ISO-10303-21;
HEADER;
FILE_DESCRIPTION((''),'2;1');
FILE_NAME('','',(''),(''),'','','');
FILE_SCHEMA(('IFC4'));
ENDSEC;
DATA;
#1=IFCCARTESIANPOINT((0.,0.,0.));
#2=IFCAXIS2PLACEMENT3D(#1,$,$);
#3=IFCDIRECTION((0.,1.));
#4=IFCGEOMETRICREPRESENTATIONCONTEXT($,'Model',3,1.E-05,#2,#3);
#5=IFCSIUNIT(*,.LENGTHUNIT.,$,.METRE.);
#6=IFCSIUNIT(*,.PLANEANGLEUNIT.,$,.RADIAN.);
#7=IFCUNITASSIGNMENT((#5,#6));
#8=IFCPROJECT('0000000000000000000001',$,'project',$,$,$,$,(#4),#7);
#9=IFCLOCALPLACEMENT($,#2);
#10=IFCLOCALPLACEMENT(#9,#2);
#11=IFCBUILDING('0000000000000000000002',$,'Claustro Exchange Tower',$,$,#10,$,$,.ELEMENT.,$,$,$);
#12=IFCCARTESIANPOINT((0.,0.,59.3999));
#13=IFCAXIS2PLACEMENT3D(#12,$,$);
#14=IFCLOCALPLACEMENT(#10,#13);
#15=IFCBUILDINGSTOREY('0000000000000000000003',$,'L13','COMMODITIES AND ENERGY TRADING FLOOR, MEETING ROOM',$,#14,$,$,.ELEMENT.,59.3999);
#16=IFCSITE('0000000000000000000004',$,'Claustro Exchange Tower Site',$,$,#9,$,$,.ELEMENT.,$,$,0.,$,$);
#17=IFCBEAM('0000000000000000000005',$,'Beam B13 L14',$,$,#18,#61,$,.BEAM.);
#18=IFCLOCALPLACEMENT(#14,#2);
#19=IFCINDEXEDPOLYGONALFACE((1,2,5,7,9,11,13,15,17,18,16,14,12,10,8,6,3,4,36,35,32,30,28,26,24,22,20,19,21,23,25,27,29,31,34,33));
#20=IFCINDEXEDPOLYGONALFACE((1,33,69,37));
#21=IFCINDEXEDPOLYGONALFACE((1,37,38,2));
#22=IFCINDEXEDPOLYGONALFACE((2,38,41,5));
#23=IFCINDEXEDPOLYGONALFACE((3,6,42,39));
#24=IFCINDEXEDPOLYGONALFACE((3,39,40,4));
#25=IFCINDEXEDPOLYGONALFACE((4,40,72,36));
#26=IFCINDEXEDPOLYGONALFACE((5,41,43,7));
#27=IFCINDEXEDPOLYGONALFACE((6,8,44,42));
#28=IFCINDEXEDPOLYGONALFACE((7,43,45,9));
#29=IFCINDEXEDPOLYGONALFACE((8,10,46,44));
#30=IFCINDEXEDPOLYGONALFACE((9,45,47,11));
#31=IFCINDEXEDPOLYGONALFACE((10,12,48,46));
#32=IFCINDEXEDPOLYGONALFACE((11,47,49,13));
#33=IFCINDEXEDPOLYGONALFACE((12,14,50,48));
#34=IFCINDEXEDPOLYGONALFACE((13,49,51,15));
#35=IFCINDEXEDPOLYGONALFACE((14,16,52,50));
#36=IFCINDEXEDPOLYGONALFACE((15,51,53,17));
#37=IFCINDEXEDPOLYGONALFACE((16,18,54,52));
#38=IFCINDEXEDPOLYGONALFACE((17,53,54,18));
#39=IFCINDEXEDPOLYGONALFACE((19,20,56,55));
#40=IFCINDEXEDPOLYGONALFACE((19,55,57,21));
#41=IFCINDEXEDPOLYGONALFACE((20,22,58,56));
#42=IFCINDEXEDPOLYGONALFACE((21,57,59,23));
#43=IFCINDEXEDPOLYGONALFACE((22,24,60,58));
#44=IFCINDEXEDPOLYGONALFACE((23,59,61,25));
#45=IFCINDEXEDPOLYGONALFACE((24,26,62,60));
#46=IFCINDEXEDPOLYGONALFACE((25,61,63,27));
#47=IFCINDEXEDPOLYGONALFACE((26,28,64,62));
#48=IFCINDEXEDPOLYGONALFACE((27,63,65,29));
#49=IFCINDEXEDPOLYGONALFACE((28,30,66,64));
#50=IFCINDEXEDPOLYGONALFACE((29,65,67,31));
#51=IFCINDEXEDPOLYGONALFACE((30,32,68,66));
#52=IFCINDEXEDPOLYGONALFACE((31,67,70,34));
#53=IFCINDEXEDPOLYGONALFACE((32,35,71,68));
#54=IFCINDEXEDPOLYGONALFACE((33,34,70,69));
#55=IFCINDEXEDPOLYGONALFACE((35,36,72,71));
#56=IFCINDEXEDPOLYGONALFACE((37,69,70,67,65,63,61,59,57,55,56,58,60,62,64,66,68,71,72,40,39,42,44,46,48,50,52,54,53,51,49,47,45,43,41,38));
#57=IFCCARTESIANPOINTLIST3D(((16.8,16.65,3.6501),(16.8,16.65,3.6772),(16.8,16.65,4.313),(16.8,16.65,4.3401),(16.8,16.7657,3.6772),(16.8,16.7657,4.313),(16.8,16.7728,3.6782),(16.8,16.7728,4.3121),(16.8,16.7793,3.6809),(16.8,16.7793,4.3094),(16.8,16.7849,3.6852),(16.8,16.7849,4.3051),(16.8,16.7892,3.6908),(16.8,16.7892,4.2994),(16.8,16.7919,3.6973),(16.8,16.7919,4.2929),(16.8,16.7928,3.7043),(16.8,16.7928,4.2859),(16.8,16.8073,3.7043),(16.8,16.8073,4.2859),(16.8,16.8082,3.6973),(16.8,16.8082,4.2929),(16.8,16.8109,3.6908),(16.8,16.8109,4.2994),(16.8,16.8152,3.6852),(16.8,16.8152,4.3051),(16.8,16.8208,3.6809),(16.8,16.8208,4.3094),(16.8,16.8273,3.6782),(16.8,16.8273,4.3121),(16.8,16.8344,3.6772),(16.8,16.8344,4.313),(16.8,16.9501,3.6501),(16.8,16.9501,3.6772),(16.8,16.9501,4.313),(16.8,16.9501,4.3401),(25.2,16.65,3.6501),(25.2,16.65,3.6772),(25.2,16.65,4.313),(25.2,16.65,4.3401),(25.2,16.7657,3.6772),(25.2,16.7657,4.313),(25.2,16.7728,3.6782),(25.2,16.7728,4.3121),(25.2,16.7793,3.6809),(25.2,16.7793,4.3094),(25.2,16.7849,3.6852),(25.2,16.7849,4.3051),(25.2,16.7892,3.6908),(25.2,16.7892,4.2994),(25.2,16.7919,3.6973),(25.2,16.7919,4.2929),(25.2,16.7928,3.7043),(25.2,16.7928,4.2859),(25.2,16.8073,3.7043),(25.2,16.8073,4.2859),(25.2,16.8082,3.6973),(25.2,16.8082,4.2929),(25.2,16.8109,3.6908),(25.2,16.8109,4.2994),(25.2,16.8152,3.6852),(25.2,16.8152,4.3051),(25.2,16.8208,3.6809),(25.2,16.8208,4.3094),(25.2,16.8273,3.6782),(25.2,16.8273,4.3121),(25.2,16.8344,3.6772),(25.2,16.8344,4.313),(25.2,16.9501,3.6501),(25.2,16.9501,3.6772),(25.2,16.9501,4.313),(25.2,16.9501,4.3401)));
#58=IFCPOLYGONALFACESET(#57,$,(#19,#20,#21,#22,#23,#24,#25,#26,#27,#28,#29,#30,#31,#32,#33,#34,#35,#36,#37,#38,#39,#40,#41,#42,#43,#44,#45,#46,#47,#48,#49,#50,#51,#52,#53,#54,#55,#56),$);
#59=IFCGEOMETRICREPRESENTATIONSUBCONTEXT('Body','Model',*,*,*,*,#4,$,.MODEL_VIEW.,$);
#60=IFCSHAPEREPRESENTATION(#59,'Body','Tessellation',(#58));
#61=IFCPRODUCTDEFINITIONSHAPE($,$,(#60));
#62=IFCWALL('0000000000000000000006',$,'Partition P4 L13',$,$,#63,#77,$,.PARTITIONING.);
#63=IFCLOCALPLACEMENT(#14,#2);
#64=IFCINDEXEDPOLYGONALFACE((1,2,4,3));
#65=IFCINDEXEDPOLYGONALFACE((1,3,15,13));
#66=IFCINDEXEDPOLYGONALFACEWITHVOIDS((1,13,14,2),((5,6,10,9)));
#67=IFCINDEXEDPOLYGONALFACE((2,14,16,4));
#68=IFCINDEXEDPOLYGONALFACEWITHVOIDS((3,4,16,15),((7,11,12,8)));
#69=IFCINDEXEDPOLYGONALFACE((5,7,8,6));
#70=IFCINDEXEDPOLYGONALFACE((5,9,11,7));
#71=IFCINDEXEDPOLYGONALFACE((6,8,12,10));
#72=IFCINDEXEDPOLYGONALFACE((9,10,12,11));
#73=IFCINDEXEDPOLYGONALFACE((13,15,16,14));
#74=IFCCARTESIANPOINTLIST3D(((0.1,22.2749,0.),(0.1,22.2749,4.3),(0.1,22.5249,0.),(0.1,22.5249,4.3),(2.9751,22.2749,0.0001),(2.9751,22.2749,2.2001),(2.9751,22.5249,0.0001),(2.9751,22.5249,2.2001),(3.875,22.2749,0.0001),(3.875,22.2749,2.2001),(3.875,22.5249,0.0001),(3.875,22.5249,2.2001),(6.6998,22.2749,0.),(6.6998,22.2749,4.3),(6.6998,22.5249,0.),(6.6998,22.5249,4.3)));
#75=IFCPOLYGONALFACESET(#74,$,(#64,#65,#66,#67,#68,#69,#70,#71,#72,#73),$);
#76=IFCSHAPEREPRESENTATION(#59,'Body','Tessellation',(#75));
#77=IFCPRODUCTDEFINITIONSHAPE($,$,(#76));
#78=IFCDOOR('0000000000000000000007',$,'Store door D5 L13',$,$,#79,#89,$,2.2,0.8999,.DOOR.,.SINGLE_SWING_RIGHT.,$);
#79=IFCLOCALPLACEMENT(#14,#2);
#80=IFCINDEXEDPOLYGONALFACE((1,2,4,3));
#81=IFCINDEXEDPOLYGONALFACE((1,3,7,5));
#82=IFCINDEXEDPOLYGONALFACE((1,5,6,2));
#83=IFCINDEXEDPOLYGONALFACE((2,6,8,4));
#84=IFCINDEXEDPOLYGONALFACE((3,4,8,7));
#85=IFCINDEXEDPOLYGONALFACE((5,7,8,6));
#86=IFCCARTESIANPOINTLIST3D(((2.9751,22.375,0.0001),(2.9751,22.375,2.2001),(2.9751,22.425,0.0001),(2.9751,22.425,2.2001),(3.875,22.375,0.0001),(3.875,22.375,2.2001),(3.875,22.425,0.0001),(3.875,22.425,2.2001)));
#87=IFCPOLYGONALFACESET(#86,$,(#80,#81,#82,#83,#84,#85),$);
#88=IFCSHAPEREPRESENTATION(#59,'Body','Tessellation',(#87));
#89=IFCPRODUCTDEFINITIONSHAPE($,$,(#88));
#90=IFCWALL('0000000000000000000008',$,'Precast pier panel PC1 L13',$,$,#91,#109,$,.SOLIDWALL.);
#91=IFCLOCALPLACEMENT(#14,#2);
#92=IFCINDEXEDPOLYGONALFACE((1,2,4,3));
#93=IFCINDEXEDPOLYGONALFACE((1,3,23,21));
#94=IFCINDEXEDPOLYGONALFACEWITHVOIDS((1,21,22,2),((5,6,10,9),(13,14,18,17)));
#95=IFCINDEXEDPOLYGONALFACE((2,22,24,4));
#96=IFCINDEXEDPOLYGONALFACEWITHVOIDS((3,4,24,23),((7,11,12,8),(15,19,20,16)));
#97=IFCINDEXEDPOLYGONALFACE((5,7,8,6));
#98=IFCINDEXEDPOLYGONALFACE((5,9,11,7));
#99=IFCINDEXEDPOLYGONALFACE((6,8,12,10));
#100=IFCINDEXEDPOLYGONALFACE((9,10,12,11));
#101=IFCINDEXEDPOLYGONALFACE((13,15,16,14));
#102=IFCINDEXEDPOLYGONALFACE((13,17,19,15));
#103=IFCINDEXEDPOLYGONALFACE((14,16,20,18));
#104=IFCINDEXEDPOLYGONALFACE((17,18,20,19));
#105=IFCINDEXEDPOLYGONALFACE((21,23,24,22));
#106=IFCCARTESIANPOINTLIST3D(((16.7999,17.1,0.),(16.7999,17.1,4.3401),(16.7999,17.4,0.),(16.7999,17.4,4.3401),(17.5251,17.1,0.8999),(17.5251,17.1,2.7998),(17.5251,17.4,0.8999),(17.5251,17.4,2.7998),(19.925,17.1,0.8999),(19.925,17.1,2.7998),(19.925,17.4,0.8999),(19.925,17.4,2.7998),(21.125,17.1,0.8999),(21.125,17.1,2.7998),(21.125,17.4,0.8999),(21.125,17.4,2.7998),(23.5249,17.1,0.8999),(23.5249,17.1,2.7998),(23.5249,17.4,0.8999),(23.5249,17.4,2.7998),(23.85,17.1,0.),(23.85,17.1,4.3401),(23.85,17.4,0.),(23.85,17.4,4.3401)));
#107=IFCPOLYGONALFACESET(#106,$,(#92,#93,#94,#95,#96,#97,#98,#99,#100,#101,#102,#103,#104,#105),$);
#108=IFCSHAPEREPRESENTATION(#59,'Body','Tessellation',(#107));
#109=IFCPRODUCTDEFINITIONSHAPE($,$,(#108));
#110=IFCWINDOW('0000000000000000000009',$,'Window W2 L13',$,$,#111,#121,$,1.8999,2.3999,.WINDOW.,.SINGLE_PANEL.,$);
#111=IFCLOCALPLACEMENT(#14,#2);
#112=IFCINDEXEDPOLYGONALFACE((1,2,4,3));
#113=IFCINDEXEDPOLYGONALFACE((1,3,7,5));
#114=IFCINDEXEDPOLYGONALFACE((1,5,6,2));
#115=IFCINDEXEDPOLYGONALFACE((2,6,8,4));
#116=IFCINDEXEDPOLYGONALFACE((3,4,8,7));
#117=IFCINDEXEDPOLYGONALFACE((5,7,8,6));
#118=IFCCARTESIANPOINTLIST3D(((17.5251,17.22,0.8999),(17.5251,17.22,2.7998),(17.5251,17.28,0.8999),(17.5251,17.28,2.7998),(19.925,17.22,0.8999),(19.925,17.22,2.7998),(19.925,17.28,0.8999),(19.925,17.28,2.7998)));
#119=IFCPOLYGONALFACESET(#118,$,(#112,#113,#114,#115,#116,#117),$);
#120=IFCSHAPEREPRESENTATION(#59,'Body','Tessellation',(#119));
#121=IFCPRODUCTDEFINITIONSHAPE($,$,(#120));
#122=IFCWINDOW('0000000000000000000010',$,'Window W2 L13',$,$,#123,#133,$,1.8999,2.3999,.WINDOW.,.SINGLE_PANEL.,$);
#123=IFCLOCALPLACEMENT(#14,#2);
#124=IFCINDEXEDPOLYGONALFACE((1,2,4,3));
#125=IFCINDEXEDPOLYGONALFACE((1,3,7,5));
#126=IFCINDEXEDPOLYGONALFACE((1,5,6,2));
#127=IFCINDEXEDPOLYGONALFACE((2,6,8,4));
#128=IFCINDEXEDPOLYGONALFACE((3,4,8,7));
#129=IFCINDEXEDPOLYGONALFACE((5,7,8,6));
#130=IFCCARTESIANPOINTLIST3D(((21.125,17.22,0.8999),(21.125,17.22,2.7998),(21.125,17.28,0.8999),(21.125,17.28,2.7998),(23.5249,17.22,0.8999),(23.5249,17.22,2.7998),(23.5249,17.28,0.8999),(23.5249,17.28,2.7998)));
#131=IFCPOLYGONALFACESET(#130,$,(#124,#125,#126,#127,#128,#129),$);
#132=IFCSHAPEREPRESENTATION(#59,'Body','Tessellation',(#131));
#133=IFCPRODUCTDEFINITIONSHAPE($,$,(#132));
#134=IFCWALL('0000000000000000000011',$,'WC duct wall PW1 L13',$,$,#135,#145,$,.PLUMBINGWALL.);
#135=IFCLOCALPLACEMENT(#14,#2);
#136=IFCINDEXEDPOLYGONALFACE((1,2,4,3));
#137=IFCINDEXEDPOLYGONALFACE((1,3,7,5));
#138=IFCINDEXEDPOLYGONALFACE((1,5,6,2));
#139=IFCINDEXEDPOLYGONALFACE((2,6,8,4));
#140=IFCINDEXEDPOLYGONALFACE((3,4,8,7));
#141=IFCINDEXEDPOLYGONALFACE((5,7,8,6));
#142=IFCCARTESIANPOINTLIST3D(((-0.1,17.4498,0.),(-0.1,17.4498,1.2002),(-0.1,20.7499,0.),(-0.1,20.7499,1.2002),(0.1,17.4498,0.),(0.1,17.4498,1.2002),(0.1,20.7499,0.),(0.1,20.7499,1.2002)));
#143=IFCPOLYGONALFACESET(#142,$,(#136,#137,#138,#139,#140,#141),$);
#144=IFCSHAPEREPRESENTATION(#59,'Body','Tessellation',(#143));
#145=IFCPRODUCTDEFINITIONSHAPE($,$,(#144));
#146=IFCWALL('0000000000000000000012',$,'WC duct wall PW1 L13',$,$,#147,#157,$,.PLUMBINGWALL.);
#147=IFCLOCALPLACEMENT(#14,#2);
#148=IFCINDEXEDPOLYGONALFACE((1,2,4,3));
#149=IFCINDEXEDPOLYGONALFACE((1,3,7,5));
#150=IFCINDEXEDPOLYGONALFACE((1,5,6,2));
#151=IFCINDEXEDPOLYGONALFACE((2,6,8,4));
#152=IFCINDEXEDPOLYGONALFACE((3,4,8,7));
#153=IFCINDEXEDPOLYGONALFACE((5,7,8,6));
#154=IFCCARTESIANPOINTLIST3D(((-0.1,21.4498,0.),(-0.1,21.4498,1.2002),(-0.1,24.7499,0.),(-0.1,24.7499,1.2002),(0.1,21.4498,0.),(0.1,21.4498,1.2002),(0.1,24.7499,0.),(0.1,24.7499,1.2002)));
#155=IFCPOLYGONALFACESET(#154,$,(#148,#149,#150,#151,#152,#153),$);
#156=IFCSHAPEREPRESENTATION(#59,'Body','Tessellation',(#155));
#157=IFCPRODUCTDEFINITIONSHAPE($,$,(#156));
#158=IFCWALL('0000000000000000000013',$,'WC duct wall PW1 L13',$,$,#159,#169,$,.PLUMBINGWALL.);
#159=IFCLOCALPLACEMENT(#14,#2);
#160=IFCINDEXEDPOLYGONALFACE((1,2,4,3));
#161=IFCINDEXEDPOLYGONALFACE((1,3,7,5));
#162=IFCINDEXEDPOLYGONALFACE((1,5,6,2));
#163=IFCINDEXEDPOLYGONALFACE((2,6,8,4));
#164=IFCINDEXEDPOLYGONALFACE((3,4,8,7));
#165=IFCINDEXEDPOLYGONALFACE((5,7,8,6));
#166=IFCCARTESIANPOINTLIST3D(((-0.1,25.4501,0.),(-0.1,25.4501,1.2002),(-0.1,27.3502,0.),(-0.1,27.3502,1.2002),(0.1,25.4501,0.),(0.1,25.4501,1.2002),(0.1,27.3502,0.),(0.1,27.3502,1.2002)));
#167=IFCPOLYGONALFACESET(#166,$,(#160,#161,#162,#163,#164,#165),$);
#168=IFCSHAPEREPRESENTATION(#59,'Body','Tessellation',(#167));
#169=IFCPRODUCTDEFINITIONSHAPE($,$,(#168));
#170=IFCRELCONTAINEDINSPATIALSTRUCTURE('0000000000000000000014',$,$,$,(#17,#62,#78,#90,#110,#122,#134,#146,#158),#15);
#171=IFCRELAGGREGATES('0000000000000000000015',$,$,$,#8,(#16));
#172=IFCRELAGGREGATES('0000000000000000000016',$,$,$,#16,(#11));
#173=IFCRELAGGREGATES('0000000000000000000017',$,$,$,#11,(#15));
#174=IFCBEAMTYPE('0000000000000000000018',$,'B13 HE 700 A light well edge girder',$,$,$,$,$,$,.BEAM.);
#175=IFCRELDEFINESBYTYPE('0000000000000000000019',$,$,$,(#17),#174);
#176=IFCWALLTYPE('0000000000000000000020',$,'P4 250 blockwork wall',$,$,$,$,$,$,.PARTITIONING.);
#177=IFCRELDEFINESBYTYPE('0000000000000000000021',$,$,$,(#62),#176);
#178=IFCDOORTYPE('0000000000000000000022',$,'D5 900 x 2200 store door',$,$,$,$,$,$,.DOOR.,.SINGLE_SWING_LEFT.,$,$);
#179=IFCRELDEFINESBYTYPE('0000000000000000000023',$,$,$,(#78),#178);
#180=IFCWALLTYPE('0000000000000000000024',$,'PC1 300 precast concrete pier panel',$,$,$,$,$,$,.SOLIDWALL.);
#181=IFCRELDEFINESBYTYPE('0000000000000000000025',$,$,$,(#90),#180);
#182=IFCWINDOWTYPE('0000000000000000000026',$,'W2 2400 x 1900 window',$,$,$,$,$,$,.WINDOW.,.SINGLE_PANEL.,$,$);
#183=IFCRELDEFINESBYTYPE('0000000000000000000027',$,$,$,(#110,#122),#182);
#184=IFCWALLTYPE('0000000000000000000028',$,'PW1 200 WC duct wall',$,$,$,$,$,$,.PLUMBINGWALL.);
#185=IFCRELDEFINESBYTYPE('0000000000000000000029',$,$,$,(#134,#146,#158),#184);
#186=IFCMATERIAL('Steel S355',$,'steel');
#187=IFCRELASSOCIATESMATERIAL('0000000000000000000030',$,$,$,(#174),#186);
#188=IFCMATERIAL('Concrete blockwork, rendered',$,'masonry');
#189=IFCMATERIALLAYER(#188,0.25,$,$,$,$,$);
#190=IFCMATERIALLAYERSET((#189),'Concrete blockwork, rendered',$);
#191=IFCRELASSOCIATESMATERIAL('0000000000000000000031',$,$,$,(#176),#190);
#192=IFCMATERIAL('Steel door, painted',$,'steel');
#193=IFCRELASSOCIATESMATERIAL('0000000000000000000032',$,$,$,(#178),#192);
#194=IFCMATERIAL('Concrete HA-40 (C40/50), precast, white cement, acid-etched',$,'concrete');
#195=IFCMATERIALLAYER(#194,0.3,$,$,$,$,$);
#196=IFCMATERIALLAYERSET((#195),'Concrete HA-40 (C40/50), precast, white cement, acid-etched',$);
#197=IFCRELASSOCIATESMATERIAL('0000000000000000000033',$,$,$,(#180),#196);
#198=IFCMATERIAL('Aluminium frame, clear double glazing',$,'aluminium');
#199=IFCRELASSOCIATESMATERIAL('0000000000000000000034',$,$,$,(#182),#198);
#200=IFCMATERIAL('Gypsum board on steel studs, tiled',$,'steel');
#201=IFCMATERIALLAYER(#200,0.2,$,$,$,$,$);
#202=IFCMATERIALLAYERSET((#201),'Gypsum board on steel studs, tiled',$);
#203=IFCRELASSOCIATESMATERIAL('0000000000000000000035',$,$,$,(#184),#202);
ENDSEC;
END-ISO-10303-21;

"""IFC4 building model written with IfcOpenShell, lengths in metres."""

from ifc_helpers import new_model, si_unit, direction, frame, frame_2d, origin, origin_2d, place, context, subcontext, project, spatial, rectangle, i_section, extrude, material, layer, layer_set, material_profile, profile_set, type_object, element, fill, save


model = new_model("IFC4")

# Units and contexts
model_context = context("Model", 3, precision=1e-05, world=origin(), true_north=direction((0.0, 1.0)))
body_context = subcontext(model_context, "Body", "Model", "MODEL_VIEW")
ifc_project = project(units=[si_unit("LENGTHUNIT", "METRE"), si_unit("PLANEANGLEUNIT", "RADIAN")], contexts=[model_context])

# Site, building, storey
site_placement = place(None, origin())
site = spatial("IfcSite", under=ifc_project, at=site_placement, Name="Claustro Exchange Tower Site", CompositionType="ELEMENT", RefElevation=0.0)
building_placement = place(site_placement, origin())
building = spatial("IfcBuilding", under=site, at=building_placement, Name="Claustro Exchange Tower", CompositionType="ELEMENT")
storey_placement = place(building_placement, frame((0.0, 0.0, 59.3999)))
storey = spatial("IfcBuildingStorey", under=building, at=storey_placement, Name="L13", Description="COMMODITIES AND ENERGY TRADING FLOOR, MEETING ROOM", CompositionType="ELEMENT", Elevation=59.3999)

# Beam
ifc_material_1 = material(Name="Steel S355", Category="steel")
ifc_material_profile = material_profile(ifc_material_1, i_section(OverallWidth=0.3, OverallDepth=0.6899, WebThickness=0.0144, FlangeThickness=0.0271, FilletRadius=0.0271, at=origin_2d()), Name="HE 700 A")
ifc_profile_set = profile_set([ifc_material_profile], Name="Steel S355")
beam_type = type_object("IfcBeamType", Name="B13 HE 700 A light well edge girder", PredefinedType="BEAM", material=ifc_profile_set)
beam_placement = place(storey_placement, frame((16.8, 16.8, 3.9951), z_axis=(1.0, 0.0, 0.0), x_axis=(0.0, 1.0, 0.0)))
element("IfcBeam", 1, at=beam_placement, inside=storey, type_object=beam_type, Name="Beam B13 L14", PredefinedType="BEAM", context=body_context, shape_type="SweptSolid", body=[
    extrude(i_section(OverallWidth=0.3, OverallDepth=0.6899, WebThickness=0.0144, FlangeThickness=0.0271, FilletRadius=0.0271, at=origin_2d()), origin(), (0.0, 0.0, 1.0), 8.3999),
])

# Wall, opening, door
ifc_material_2 = material(Name="Concrete blockwork, rendered", Category="masonry")
ifc_layer_1 = layer(ifc_material_2, 0.25)
ifc_layer_set_1 = layer_set([ifc_layer_1], Name="Concrete blockwork, rendered")
wall_type_1 = type_object("IfcWallType", Name="P4 250 blockwork wall", PredefinedType="PARTITIONING", material=ifc_layer_set_1)
wall_1_placement = place(storey_placement, frame((0.1001, 22.3999, 0.0), z_axis=(0.0, 0.0, 1.0), x_axis=(1.0, 0.0, 0.0)))
wall_1 = element("IfcWall", 2, at=wall_1_placement, inside=storey, type_object=wall_type_1, Name="Partition P4 L13", PredefinedType="PARTITIONING", context=body_context, shape_type="SweptSolid", body=[
    extrude(rectangle(XDim=6.5999, YDim=0.25, at=frame_2d((3.2998, 0.0))), origin(), (0.0, 0.0, 1.0), 4.3),
])
opening_1_placement = place(wall_1_placement, frame((2.875, 0.0, 0.0)))
opening_1 = element("IfcOpeningElement", 3, at=opening_1_placement, cuts=wall_1, PredefinedType="OPENING", context=body_context, shape_type="SweptSolid", body=[
    extrude(rectangle(XDim=0.8999, YDim=2.2, at=frame_2d((0.45, 1.1001))), frame((0.0, 0.135, 0.0), z_axis=(0.0, -1.0, 0.0), x_axis=(1.0, 0.0, 0.0)), (0.0, 0.0, 1.0), 0.27),
])
ifc_material_3 = material(Name="Steel door, painted", Category="steel")
door_type = type_object("IfcDoorType", Name="D5 900 x 2200 store door", OperationType="SINGLE_SWING_LEFT", PredefinedType="DOOR", material=ifc_material_3)
door_placement = place(opening_1_placement, frame((0.8999, 0.0, 0.0), z_axis=(0.0, 0.0, 1.0), x_axis=(-1.0, 0.0, 0.0)))
door = element("IfcDoor", 4, at=door_placement, inside=storey, type_object=door_type, Name="Store door D5 L13", OperationType="SINGLE_SWING_RIGHT", OverallHeight=2.2, OverallWidth=0.8999, PredefinedType="DOOR", context=body_context, shape_type="SweptSolid", body=[
    extrude(rectangle(XDim=0.8999, YDim=2.2, at=frame_2d((0.45, 1.1001))), frame((0.0, 0.0249, 0.0), z_axis=(0.0, -1.0, 0.0), x_axis=(1.0, 0.0, 0.0)), (0.0, 0.0, 1.0), 0.05),
])
fill(opening_1, door)

# Wall, openings, windows
ifc_material_4 = material(Name="Concrete HA-40 (C40/50), precast, white cement, acid-etched", Category="concrete")
ifc_layer_2 = layer(ifc_material_4, 0.3)
ifc_layer_set_2 = layer_set([ifc_layer_2], Name="Concrete HA-40 (C40/50), precast, white cement, acid-etched")
wall_type_2 = type_object("IfcWallType", Name="PC1 300 precast concrete pier panel", PredefinedType="SOLIDWALL", material=ifc_layer_set_2)
wall_2_placement = place(storey_placement, frame((16.8, 17.25, 0.0), z_axis=(0.0, 0.0, 1.0), x_axis=(1.0, 0.0, 0.0)))
wall_2 = element("IfcWall", 5, at=wall_2_placement, inside=storey, type_object=wall_type_2, Name="Precast pier panel PC1 L13", PredefinedType="SOLIDWALL", context=body_context, shape_type="SweptSolid", body=[
    extrude(rectangle(XDim=7.05, YDim=0.3, at=frame_2d((3.5249, 0.0))), origin(), (0.0, 0.0, 1.0), 4.3401),
])
opening_2_placement = place(wall_2_placement, frame((0.7251, 0.0, 0.8999)))
opening_2 = element("IfcOpeningElement", 6, at=opening_2_placement, cuts=wall_2, PredefinedType="OPENING", context=body_context, shape_type="SweptSolid", body=[
    extrude(rectangle(XDim=2.3999, YDim=1.8999, at=frame_2d((1.2, 0.95))), frame((0.0, 0.1599, 0.0), z_axis=(0.0, -1.0, 0.0), x_axis=(1.0, 0.0, 0.0)), (0.0, 0.0, 1.0), 0.3201),
])
opening_3_placement = place(wall_2_placement, frame((4.325, 0.0, 0.8999)))
opening_3 = element("IfcOpeningElement", 7, at=opening_3_placement, cuts=wall_2, PredefinedType="OPENING", context=body_context, shape_type="SweptSolid", body=[
    extrude(rectangle(XDim=2.3999, YDim=1.8999, at=frame_2d((1.2, 0.95))), frame((0.0, 0.1599, 0.0), z_axis=(0.0, -1.0, 0.0), x_axis=(1.0, 0.0, 0.0)), (0.0, 0.0, 1.0), 0.3201),
])
ifc_material_5 = material(Name="Aluminium frame, clear double glazing", Category="aluminium")
window_type = type_object("IfcWindowType", Name="W2 2400 x 1900 window", PartitioningType="SINGLE_PANEL", PredefinedType="WINDOW", material=ifc_material_5)
window_1_placement = place(opening_2_placement, origin())
window_1 = element("IfcWindow", 8, at=window_1_placement, inside=storey, type_object=window_type, Name="Window W2 L13", OverallHeight=1.8999, OverallWidth=2.3999, PartitioningType="SINGLE_PANEL", PredefinedType="WINDOW", context=body_context, shape_type="SweptSolid", body=[
    extrude(rectangle(XDim=2.3999, YDim=1.8999, at=frame_2d((1.2, 0.95))), frame((0.0, 0.03, 0.0), z_axis=(0.0, -1.0, 0.0), x_axis=(1.0, 0.0, 0.0)), (0.0, 0.0, 1.0), 0.0601),
])
fill(opening_2, window_1)
window_2_placement = place(opening_3_placement, origin())
window_2 = element("IfcWindow", 9, at=window_2_placement, inside=storey, type_object=window_type, Name="Window W2 L13", OverallHeight=1.8999, OverallWidth=2.3999, PartitioningType="SINGLE_PANEL", PredefinedType="WINDOW", context=body_context, shape_type="SweptSolid", body=[
    extrude(rectangle(XDim=2.3999, YDim=1.8999, at=frame_2d((1.2, 0.95))), frame((0.0, 0.03, 0.0), z_axis=(0.0, -1.0, 0.0), x_axis=(1.0, 0.0, 0.0)), (0.0, 0.0, 1.0), 0.0601),
])
fill(opening_3, window_2)

# Walls
ifc_material_6 = material(Name="Gypsum board on steel studs, tiled", Category="steel")
ifc_layer_3 = layer(ifc_material_6, 0.2)
ifc_layer_set_3 = layer_set([ifc_layer_3], Name="Gypsum board on steel studs, tiled")
wall_type_3 = type_object("IfcWallType", Name="PW1 200 WC duct wall", PredefinedType="PLUMBINGWALL", material=ifc_layer_set_3)
for number, where, z_axis, x_axis, name in (
    (10, (0.0, 17.45, 0.0), (0.0, 0.0, 1.0), (0.0, 1.0, 0.0), "WC duct wall PW1 L13"),
    (11, (0.0, 21.45, 0.0), (0.0, 0.0, 1.0), (0.0, 1.0, 0.0), "WC duct wall PW1 L13"),
):
    element("IfcWall", number, at=place(storey_placement, frame(where, z_axis=z_axis, x_axis=x_axis)), inside=storey, type_object=wall_type_3, Name=name, PredefinedType="PLUMBINGWALL", context=body_context, shape_type="SweptSolid", body=[
        extrude(rectangle(XDim=3.3, YDim=0.2, at=frame_2d((1.6499, 0.0))), origin(), (0.0, 0.0, 1.0), 1.2002),
    ])
wall_3_placement = place(storey_placement, frame((0.0, 25.45, 0.0), z_axis=(0.0, 0.0, 1.0), x_axis=(0.0, 1.0, 0.0)))
element("IfcWall", 12, at=wall_3_placement, inside=storey, type_object=wall_type_3, Name="WC duct wall PW1 L13", PredefinedType="PLUMBINGWALL", context=body_context, shape_type="SweptSolid", body=[
    extrude(rectangle(XDim=1.9001, YDim=0.2, at=frame_2d((0.9502, 0.0))), origin(), (0.0, 0.0, 1.0), 1.2002),
])

save(model, "model.ifc")
